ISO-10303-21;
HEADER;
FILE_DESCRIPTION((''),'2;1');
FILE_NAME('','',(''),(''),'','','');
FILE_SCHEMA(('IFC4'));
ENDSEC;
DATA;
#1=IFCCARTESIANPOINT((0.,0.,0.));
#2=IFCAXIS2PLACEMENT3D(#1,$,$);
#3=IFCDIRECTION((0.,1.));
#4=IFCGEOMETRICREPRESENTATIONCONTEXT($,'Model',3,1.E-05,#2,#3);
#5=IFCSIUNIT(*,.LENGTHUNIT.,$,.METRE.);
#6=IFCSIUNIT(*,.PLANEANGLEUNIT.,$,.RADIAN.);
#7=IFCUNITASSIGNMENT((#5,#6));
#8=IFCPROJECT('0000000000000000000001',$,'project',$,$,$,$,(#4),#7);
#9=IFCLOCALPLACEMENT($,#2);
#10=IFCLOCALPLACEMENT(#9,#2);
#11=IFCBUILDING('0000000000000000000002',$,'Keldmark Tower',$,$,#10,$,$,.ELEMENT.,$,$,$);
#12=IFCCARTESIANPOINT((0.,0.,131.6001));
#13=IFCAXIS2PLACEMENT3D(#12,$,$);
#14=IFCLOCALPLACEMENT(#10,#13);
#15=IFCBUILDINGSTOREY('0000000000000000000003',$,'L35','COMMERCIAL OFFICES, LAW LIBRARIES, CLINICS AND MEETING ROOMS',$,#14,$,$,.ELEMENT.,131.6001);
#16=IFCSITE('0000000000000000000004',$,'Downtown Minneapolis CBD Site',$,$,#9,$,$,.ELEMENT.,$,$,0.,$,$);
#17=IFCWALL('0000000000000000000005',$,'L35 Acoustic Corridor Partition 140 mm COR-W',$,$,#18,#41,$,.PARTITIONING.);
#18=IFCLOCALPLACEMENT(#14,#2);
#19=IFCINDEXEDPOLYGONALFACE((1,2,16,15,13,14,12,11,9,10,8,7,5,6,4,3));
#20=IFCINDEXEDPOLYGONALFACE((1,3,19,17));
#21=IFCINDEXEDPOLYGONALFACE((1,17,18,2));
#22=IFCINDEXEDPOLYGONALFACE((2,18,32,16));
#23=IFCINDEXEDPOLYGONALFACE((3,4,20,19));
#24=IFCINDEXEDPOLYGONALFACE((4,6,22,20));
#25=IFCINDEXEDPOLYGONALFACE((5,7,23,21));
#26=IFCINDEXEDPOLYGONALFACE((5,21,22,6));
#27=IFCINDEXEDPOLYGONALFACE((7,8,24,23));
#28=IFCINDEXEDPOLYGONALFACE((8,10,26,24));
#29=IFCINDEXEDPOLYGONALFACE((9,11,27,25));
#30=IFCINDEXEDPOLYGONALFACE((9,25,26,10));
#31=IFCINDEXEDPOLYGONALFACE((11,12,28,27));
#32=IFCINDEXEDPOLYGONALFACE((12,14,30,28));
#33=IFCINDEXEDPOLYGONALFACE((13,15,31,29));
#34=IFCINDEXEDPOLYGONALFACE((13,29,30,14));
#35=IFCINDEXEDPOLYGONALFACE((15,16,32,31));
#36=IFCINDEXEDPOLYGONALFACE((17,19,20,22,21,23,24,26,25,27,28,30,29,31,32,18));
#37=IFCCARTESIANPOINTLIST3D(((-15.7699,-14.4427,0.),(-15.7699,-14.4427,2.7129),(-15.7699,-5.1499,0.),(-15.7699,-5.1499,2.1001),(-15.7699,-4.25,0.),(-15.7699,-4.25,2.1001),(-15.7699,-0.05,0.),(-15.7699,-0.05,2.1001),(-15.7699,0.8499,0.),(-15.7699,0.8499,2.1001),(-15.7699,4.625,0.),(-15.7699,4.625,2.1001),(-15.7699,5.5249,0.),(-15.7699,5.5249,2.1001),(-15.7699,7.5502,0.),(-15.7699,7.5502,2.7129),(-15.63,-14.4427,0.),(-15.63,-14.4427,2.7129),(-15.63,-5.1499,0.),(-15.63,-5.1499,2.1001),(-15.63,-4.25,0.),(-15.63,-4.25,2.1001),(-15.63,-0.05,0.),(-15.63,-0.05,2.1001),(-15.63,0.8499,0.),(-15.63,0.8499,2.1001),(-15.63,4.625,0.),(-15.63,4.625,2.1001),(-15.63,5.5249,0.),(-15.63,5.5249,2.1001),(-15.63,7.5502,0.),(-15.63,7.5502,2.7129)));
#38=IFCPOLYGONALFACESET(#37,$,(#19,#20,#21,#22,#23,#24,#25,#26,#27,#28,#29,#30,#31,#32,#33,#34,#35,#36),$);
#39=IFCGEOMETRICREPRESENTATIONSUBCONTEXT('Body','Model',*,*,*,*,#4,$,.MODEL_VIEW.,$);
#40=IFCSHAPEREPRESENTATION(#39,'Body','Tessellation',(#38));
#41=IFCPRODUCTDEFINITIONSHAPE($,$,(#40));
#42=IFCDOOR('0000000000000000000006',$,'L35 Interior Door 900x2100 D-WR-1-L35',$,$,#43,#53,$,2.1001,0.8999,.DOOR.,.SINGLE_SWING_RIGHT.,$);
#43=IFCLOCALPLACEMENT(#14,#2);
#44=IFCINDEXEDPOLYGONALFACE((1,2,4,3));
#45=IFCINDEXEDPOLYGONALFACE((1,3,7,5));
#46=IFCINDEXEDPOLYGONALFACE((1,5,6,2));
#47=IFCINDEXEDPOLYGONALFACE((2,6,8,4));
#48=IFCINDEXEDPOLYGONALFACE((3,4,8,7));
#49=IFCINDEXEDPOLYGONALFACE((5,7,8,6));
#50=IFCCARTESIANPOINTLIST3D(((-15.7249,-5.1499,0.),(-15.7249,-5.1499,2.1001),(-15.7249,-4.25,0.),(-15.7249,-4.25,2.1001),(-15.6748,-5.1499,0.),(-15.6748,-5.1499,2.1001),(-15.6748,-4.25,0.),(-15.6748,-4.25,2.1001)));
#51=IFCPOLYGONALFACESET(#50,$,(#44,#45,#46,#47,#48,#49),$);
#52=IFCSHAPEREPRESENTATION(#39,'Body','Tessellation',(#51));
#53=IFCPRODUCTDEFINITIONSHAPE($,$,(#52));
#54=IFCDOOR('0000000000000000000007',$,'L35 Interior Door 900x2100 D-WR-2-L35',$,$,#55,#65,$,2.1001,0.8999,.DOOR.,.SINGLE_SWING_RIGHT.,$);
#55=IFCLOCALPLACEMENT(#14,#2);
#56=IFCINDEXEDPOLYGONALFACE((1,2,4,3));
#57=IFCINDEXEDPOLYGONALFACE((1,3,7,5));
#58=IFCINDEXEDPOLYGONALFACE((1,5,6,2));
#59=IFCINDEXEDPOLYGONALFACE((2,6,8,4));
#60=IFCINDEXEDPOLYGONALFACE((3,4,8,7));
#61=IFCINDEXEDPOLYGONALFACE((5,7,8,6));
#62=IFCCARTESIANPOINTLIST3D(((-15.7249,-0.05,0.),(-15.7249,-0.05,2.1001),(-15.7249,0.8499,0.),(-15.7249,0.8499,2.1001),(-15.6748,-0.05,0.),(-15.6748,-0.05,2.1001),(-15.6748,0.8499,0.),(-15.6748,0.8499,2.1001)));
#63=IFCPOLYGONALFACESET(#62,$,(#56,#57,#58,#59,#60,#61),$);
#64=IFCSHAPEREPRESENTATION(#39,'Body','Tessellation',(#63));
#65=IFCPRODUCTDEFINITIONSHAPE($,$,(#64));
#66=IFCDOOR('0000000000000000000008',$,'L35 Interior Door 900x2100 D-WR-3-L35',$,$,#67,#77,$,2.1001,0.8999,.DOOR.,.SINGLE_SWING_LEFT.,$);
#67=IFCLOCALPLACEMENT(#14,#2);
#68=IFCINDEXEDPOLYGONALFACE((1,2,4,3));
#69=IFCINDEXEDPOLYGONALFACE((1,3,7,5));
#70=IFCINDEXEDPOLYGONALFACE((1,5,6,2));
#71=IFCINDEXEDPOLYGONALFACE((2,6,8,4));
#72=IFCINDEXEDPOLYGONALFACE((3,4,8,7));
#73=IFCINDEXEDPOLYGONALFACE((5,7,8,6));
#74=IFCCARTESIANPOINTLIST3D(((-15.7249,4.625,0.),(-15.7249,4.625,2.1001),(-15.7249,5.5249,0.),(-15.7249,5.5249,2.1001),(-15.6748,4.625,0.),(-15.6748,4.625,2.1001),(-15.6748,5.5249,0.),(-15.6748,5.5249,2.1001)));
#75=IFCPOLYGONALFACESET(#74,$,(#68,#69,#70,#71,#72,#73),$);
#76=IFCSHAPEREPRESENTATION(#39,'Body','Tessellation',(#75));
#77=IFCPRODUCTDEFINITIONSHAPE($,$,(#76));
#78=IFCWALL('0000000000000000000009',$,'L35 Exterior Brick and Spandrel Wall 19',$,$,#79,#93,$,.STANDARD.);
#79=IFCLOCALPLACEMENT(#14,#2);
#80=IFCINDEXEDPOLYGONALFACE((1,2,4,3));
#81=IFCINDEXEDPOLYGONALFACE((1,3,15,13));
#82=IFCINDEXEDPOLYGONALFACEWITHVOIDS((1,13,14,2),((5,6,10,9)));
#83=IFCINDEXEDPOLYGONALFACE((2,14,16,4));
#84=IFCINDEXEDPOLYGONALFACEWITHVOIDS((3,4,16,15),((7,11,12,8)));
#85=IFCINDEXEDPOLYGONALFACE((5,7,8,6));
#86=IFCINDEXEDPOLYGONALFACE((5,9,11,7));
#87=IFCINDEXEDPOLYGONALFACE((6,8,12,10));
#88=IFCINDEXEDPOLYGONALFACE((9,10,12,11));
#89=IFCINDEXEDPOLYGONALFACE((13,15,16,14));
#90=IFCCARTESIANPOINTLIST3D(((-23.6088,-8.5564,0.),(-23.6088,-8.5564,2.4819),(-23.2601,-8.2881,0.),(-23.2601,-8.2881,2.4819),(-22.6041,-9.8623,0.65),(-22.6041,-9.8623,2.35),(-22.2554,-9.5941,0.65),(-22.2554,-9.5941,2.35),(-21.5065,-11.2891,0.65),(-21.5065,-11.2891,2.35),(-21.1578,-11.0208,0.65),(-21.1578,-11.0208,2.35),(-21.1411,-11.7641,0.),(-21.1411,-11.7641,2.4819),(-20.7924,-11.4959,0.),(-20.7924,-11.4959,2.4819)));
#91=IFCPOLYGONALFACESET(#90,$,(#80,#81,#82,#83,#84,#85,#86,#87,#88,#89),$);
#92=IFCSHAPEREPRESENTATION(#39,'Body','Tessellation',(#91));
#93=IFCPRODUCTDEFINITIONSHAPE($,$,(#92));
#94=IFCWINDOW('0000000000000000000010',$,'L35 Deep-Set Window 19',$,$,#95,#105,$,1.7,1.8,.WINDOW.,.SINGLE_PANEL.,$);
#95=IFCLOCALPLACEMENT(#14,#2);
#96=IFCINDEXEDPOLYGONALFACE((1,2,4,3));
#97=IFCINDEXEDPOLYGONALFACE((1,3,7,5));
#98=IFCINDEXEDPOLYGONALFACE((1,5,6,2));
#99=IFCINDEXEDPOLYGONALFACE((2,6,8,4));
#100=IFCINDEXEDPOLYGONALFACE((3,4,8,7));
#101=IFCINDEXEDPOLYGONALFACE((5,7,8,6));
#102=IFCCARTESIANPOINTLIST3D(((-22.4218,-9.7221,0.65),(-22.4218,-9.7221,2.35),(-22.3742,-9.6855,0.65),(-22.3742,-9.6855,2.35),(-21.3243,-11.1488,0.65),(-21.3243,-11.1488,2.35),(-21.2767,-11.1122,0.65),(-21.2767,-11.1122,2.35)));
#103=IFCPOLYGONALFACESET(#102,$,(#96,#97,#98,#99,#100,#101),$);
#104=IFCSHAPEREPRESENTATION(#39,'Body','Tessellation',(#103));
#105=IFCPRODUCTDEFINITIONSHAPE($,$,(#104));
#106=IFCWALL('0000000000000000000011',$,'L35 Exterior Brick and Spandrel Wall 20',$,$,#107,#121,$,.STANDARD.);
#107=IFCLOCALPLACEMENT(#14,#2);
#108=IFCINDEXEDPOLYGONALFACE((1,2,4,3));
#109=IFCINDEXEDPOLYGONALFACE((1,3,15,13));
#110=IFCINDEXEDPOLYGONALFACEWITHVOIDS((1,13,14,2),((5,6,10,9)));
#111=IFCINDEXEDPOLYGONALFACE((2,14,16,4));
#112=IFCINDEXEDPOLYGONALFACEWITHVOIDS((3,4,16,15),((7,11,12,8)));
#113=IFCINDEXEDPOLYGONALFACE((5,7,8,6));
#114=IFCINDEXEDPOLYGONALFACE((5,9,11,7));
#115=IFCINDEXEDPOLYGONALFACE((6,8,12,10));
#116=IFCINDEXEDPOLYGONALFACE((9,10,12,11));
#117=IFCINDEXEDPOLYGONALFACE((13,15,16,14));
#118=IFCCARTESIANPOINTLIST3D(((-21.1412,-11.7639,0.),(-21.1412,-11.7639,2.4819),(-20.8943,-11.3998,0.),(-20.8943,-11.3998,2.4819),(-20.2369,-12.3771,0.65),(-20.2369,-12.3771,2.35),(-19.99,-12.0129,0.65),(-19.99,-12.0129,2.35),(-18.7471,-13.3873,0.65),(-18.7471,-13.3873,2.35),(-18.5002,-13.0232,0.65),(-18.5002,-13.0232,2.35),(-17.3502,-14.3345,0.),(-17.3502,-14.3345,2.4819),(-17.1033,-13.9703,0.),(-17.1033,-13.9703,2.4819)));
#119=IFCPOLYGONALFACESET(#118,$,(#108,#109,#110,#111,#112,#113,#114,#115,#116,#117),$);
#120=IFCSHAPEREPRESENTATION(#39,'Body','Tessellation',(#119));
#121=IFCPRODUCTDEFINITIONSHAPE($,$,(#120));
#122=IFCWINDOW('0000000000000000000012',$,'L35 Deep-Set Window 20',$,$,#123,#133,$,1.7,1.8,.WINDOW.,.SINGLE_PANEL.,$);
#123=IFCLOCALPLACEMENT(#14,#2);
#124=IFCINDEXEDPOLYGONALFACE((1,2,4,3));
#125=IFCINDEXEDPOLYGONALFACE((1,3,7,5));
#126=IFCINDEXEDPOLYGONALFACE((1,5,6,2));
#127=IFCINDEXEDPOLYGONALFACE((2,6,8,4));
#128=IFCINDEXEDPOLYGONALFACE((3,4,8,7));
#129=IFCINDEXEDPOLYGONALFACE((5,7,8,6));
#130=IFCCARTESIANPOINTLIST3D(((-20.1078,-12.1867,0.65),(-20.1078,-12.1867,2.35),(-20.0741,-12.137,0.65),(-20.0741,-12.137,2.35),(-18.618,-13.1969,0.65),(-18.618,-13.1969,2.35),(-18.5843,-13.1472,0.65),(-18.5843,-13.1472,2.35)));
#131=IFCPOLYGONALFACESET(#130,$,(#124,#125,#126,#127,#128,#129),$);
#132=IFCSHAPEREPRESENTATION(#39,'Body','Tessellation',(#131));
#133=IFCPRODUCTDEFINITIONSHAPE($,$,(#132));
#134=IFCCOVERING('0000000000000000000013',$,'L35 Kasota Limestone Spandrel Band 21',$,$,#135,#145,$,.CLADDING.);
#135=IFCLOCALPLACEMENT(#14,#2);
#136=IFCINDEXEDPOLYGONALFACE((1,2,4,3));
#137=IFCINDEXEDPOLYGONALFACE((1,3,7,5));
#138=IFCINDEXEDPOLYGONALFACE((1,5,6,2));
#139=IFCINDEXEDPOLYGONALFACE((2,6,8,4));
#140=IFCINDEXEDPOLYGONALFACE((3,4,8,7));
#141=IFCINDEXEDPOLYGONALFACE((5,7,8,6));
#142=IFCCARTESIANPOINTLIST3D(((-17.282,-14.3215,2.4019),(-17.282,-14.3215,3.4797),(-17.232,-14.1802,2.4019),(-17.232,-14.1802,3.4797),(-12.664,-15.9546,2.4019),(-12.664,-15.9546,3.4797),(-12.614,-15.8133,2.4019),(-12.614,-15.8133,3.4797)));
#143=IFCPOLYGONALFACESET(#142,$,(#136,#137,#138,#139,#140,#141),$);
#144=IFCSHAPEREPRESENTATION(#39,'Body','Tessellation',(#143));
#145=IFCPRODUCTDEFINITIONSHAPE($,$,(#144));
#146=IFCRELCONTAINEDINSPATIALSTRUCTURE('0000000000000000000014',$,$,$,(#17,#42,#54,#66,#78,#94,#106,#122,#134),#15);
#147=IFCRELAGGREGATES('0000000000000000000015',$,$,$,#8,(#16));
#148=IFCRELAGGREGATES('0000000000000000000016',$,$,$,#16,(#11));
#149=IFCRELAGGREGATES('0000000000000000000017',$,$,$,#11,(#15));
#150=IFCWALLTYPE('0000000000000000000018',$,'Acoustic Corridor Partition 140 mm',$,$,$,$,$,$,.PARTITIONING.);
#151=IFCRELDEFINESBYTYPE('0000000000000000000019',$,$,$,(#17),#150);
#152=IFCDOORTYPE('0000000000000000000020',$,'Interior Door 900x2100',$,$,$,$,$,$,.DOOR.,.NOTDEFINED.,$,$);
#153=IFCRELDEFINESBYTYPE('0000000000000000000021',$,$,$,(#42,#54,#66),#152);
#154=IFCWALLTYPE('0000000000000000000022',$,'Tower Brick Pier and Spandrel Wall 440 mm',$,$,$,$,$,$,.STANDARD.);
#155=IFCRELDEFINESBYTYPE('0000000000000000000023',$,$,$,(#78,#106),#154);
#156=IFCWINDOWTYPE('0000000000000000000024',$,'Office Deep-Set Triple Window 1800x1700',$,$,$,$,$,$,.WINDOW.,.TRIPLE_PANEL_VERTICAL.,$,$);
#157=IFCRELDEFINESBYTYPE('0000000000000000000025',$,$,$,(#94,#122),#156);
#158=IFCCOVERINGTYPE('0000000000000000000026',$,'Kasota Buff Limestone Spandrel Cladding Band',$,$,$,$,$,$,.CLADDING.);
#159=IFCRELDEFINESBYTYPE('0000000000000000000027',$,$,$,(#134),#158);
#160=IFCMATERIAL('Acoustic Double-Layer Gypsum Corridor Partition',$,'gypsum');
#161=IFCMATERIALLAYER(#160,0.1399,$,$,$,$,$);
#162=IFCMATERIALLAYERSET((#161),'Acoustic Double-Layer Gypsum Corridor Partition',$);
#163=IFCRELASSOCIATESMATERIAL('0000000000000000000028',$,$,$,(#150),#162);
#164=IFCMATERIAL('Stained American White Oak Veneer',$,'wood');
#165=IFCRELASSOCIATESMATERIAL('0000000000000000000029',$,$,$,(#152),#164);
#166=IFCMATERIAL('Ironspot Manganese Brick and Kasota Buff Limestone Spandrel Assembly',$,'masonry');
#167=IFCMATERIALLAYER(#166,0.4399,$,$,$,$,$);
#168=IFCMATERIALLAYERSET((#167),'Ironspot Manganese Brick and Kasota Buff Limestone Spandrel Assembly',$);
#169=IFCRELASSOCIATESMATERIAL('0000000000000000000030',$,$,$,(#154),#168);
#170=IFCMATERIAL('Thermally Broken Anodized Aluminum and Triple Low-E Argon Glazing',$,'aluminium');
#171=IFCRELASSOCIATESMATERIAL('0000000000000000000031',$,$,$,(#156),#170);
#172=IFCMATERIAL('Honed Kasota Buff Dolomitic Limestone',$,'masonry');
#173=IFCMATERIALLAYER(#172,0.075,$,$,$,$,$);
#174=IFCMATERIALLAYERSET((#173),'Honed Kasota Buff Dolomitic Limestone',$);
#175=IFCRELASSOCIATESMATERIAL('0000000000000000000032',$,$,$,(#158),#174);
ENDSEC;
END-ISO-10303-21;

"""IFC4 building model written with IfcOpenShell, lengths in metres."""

from ifc_helpers import new_model, si_unit, direction, frame, frame_2d, origin, origin_2d, place, context, subcontext, project, spatial, rectangle, extrude, material, layer, layer_set, type_object, element, fill, save


model = new_model("IFC4")

# Units and contexts
model_context = context("Model", 3, precision=1e-05, world=origin(), true_north=direction((0.0, 1.0)))
body_context = subcontext(model_context, "Body", "Model", "MODEL_VIEW")
ifc_project = project(units=[si_unit("LENGTHUNIT", "METRE"), si_unit("PLANEANGLEUNIT", "RADIAN")], contexts=[model_context])

# Site, building, storey
site_placement = place(None, origin())
site = spatial("IfcSite", under=ifc_project, at=site_placement, Name="Downtown Minneapolis CBD Site", CompositionType="ELEMENT", RefElevation=0.0)
building_placement = place(site_placement, origin())
building = spatial("IfcBuilding", under=site, at=building_placement, Name="Keldmark Tower", CompositionType="ELEMENT")
storey_placement = place(building_placement, frame((0.0, 0.0, 131.6001)))
storey = spatial("IfcBuildingStorey", under=building, at=storey_placement, Name="L35", Description="COMMERCIAL OFFICES, LAW LIBRARIES, CLINICS AND MEETING ROOMS", CompositionType="ELEMENT", Elevation=131.6001)

# Wall, openings, doors
ifc_material_1 = material(Name="Acoustic Double-Layer Gypsum Corridor Partition", Category="gypsum")
ifc_layer_1 = layer(ifc_material_1, 0.1399)
ifc_layer_set_1 = layer_set([ifc_layer_1], Name="Acoustic Double-Layer Gypsum Corridor Partition")
wall_type_1 = type_object("IfcWallType", Name="Acoustic Corridor Partition 140 mm", PredefinedType="PARTITIONING", material=ifc_layer_set_1)
wall_1_placement = place(storey_placement, frame((-15.7, -14.4429, 0.0), z_axis=(0.0, 0.0, 1.0), x_axis=(0.0, 1.0, 0.0)))
wall_1 = element("IfcWall", 1, at=wall_1_placement, inside=storey, type_object=wall_type_1, Name="L35 Acoustic Corridor Partition 140 mm COR-W", PredefinedType="PARTITIONING", context=body_context, shape_type="SweptSolid", body=[
    extrude(rectangle(XDim=21.9929, YDim=0.1399, at=frame_2d((10.9966, 0.0))), origin(), (0.0, 0.0, 1.0), 2.7129),
])
opening_1_placement = place(wall_1_placement, frame((9.293, 0.0, 0.0)))
opening_1 = element("IfcOpeningElement", 2, at=opening_1_placement, cuts=wall_1, PredefinedType="OPENING", context=body_context, shape_type="SweptSolid", body=[
    extrude(rectangle(XDim=0.8999, YDim=2.1001, at=frame_2d((0.45, 1.05))), frame((0.0, 0.0798, 0.0), z_axis=(0.0, -1.0, 0.0), x_axis=(1.0, 0.0, 0.0)), (0.0, 0.0, 1.0), 0.1599),
])
opening_2_placement = place(wall_1_placement, frame((14.3928, 0.0, 0.0)))
opening_2 = element("IfcOpeningElement", 3, at=opening_2_placement, cuts=wall_1, PredefinedType="OPENING", context=body_context, shape_type="SweptSolid", body=[
    extrude(rectangle(XDim=0.8999, YDim=2.1001, at=frame_2d((0.45, 1.05))), frame((0.0, 0.0798, 0.0), z_axis=(0.0, -1.0, 0.0), x_axis=(1.0, 0.0, 0.0)), (0.0, 0.0, 1.0), 0.1599),
])
opening_3_placement = place(wall_1_placement, frame((19.0679, 0.0, 0.0)))
opening_3 = element("IfcOpeningElement", 4, at=opening_3_placement, cuts=wall_1, PredefinedType="OPENING", context=body_context, shape_type="SweptSolid", body=[
    extrude(rectangle(XDim=0.8999, YDim=2.1001, at=frame_2d((0.45, 1.05))), frame((0.0, 0.0798, 0.0), z_axis=(0.0, -1.0, 0.0), x_axis=(1.0, 0.0, 0.0)), (0.0, 0.0, 1.0), 0.1599),
])
ifc_material_2 = material(Name="Stained American White Oak Veneer", Category="wood")
door_type = type_object("IfcDoorType", Name="Interior Door 900x2100", OperationType="NOTDEFINED", PredefinedType="DOOR", material=ifc_material_2)
door_1_placement = place(opening_1_placement, origin())
door_1 = element("IfcDoor", 5, at=door_1_placement, inside=storey, type_object=door_type, Name="L35 Interior Door 900x2100 D-WR-1-L35", OperationType="SINGLE_SWING_RIGHT", OverallHeight=2.1001, OverallWidth=0.8999, PredefinedType="DOOR", context=body_context, shape_type="SweptSolid", body=[
    extrude(rectangle(XDim=0.8999, YDim=2.1001, at=frame_2d((0.45, 1.05))), frame((0.0, 0.0249, 0.0), z_axis=(0.0, -1.0, 0.0), x_axis=(1.0, 0.0, 0.0)), (0.0, 0.0, 1.0), 0.05),
])
fill(opening_1, door_1)
door_2_placement = place(opening_2_placement, origin())
door_2 = element("IfcDoor", 6, at=door_2_placement, inside=storey, type_object=door_type, Name="L35 Interior Door 900x2100 D-WR-2-L35", OperationType="SINGLE_SWING_RIGHT", OverallHeight=2.1001, OverallWidth=0.8999, PredefinedType="DOOR", context=body_context, shape_type="SweptSolid", body=[
    extrude(rectangle(XDim=0.8999, YDim=2.1001, at=frame_2d((0.45, 1.05))), frame((0.0, 0.0249, 0.0), z_axis=(0.0, -1.0, 0.0), x_axis=(1.0, 0.0, 0.0)), (0.0, 0.0, 1.0), 0.05),
])
fill(opening_2, door_2)
door_3_placement = place(opening_3_placement, origin())
door_3 = element("IfcDoor", 7, at=door_3_placement, inside=storey, type_object=door_type, Name="L35 Interior Door 900x2100 D-WR-3-L35", OperationType="SINGLE_SWING_LEFT", OverallHeight=2.1001, OverallWidth=0.8999, PredefinedType="DOOR", context=body_context, shape_type="SweptSolid", body=[
    extrude(rectangle(XDim=0.8999, YDim=2.1001, at=frame_2d((0.45, 1.05))), frame((0.0, 0.0249, 0.0), z_axis=(0.0, -1.0, 0.0), x_axis=(1.0, 0.0, 0.0)), (0.0, 0.0, 1.0), 0.05),
])
fill(opening_3, door_3)

# Walls, openings, windows
ifc_material_3 = material(Name="Ironspot Manganese Brick and Kasota Buff Limestone Spandrel Assembly", Category="masonry")
ifc_layer_2 = layer(ifc_material_3, 0.4399)
ifc_layer_set_2 = layer_set([ifc_layer_2], Name="Ironspot Manganese Brick and Kasota Buff Limestone Spandrel Assembly")
wall_type_2 = type_object("IfcWallType", Name="Tower Brick Pier and Spandrel Wall 440 mm", PredefinedType="STANDARD", material=ifc_layer_set_2)
wall_2_placement = place(storey_placement, frame((-20.9668, -11.6299, 0.0), z_axis=(0.0, 0.0, 1.0), x_axis=(-0.609752, 0.792593, 0.0)))
wall_2 = element("IfcWall", 8, at=wall_2_placement, inside=storey, type_object=wall_type_2, Name="L35 Exterior Brick and Spandrel Wall 19", PredefinedType="STANDARD", context=body_context, shape_type="SweptSolid", body=[
    extrude(rectangle(XDim=4.0471, YDim=0.4399, at=frame_2d((2.0234, 0.0))), origin(), (0.0, 0.0, 1.0), 2.4819),
])
opening_4_placement = place(wall_2_placement, frame((0.5994, 0.0, 0.6499)))
opening_4 = element("IfcOpeningElement", 9, at=opening_4_placement, cuts=wall_2, PredefinedType="OPENING", context=body_context, shape_type="SweptSolid", body=[
    extrude(rectangle(XDim=1.8, YDim=1.7, at=frame_2d((0.8999, 0.8501))), frame((0.0, 0.23, 0.0), z_axis=(0.0, -1.0, 0.0), x_axis=(1.0, 0.0, 0.0)), (0.0, 0.0, 1.0), 0.46),
])
ifc_material_4 = material(Name="Thermally Broken Anodized Aluminum and Triple Low-E Argon Glazing", Category="aluminium")
window_type = type_object("IfcWindowType", Name="Office Deep-Set Triple Window 1800x1700", PartitioningType="TRIPLE_PANEL_VERTICAL", PredefinedType="WINDOW", material=ifc_material_4)
window_1_placement = place(opening_4_placement, origin())
window_1 = element("IfcWindow", 10, at=window_1_placement, inside=storey, type_object=window_type, Name="L35 Deep-Set Window 19", OverallHeight=1.7, OverallWidth=1.8, PartitioningType="SINGLE_PANEL", PredefinedType="WINDOW", context=body_context, shape_type="SweptSolid", body=[
    extrude(rectangle(XDim=1.8, YDim=1.7, at=frame_2d((0.8999, 0.8501))), frame((0.0, -0.01, 0.0), z_axis=(0.0, -1.0, 0.0), x_axis=(1.0, 0.0, 0.0)), (0.0, 0.0, 1.0), 0.0601),
])
fill(opening_4, window_1)
wall_3_placement = place(storey_placement, frame((-17.2268, -14.1523, 0.0), z_axis=(0.0, 0.0, 1.0), x_axis=(-0.82767, 0.561215, 0.0)))
wall_3 = element("IfcWall", 11, at=wall_3_placement, inside=storey, type_object=wall_type_2, Name="L35 Exterior Brick and Spandrel Wall 20", PredefinedType="STANDARD", context=body_context, shape_type="SweptSolid", body=[
    extrude(rectangle(XDim=4.5803, YDim=0.4399, at=frame_2d((2.29, 0.0))), origin(), (0.0, 0.0, 1.0), 2.4819),
])
opening_5_placement = place(wall_3_placement, frame((1.6877, 0.0, 0.6499)))
opening_5 = element("IfcOpeningElement", 12, at=opening_5_placement, cuts=wall_3, PredefinedType="OPENING", context=body_context, shape_type="SweptSolid", body=[
    extrude(rectangle(XDim=1.8, YDim=1.7, at=frame_2d((0.8999, 0.8501))), frame((0.0, 0.23, 0.0), z_axis=(0.0, -1.0, 0.0), x_axis=(1.0, 0.0, 0.0)), (0.0, 0.0, 1.0), 0.46),
])
window_2_placement = place(opening_5_placement, origin())
window_2 = element("IfcWindow", 13, at=window_2_placement, inside=storey, type_object=window_type, Name="L35 Deep-Set Window 20", OverallHeight=1.7, OverallWidth=1.8, PartitioningType="SINGLE_PANEL", PredefinedType="WINDOW", context=body_context, shape_type="SweptSolid", body=[
    extrude(rectangle(XDim=1.8, YDim=1.7, at=frame_2d((0.8999, 0.8501))), frame((0.0, -0.01, 0.0), z_axis=(0.0, -1.0, 0.0), x_axis=(1.0, 0.0, 0.0)), (0.0, 0.0, 1.0), 0.0601),
])
fill(opening_5, window_2)

# Covering
ifc_material_5 = material(Name="Honed Kasota Buff Dolomitic Limestone", Category="masonry")
ifc_layer_3 = layer(ifc_material_5, 0.075)
ifc_layer_set_3 = layer_set([ifc_layer_3], Name="Honed Kasota Buff Dolomitic Limestone")
covering_type = type_object("IfcCoveringType", Name="Kasota Buff Limestone Spandrel Cladding Band", PredefinedType="CLADDING", material=ifc_layer_set_3)
covering_placement = place(storey_placement, frame((-14.948, -15.0674, 2.4019), z_axis=(0.0, 0.0, 1.0), x_axis=(0.942781, -0.333412, 0.0)))
element("IfcCovering", 14, at=covering_placement, inside=storey, type_object=covering_type, Name="L35 Kasota Limestone Spandrel Band 21", PredefinedType="CLADDING", context=body_context, shape_type="SweptSolid", body=[
    extrude(rectangle(XDim=4.8982, YDim=0.1499, at=origin_2d()), origin(), (0.0, 0.0, 1.0), 1.0779),
])

save(model, "model.ifc")
